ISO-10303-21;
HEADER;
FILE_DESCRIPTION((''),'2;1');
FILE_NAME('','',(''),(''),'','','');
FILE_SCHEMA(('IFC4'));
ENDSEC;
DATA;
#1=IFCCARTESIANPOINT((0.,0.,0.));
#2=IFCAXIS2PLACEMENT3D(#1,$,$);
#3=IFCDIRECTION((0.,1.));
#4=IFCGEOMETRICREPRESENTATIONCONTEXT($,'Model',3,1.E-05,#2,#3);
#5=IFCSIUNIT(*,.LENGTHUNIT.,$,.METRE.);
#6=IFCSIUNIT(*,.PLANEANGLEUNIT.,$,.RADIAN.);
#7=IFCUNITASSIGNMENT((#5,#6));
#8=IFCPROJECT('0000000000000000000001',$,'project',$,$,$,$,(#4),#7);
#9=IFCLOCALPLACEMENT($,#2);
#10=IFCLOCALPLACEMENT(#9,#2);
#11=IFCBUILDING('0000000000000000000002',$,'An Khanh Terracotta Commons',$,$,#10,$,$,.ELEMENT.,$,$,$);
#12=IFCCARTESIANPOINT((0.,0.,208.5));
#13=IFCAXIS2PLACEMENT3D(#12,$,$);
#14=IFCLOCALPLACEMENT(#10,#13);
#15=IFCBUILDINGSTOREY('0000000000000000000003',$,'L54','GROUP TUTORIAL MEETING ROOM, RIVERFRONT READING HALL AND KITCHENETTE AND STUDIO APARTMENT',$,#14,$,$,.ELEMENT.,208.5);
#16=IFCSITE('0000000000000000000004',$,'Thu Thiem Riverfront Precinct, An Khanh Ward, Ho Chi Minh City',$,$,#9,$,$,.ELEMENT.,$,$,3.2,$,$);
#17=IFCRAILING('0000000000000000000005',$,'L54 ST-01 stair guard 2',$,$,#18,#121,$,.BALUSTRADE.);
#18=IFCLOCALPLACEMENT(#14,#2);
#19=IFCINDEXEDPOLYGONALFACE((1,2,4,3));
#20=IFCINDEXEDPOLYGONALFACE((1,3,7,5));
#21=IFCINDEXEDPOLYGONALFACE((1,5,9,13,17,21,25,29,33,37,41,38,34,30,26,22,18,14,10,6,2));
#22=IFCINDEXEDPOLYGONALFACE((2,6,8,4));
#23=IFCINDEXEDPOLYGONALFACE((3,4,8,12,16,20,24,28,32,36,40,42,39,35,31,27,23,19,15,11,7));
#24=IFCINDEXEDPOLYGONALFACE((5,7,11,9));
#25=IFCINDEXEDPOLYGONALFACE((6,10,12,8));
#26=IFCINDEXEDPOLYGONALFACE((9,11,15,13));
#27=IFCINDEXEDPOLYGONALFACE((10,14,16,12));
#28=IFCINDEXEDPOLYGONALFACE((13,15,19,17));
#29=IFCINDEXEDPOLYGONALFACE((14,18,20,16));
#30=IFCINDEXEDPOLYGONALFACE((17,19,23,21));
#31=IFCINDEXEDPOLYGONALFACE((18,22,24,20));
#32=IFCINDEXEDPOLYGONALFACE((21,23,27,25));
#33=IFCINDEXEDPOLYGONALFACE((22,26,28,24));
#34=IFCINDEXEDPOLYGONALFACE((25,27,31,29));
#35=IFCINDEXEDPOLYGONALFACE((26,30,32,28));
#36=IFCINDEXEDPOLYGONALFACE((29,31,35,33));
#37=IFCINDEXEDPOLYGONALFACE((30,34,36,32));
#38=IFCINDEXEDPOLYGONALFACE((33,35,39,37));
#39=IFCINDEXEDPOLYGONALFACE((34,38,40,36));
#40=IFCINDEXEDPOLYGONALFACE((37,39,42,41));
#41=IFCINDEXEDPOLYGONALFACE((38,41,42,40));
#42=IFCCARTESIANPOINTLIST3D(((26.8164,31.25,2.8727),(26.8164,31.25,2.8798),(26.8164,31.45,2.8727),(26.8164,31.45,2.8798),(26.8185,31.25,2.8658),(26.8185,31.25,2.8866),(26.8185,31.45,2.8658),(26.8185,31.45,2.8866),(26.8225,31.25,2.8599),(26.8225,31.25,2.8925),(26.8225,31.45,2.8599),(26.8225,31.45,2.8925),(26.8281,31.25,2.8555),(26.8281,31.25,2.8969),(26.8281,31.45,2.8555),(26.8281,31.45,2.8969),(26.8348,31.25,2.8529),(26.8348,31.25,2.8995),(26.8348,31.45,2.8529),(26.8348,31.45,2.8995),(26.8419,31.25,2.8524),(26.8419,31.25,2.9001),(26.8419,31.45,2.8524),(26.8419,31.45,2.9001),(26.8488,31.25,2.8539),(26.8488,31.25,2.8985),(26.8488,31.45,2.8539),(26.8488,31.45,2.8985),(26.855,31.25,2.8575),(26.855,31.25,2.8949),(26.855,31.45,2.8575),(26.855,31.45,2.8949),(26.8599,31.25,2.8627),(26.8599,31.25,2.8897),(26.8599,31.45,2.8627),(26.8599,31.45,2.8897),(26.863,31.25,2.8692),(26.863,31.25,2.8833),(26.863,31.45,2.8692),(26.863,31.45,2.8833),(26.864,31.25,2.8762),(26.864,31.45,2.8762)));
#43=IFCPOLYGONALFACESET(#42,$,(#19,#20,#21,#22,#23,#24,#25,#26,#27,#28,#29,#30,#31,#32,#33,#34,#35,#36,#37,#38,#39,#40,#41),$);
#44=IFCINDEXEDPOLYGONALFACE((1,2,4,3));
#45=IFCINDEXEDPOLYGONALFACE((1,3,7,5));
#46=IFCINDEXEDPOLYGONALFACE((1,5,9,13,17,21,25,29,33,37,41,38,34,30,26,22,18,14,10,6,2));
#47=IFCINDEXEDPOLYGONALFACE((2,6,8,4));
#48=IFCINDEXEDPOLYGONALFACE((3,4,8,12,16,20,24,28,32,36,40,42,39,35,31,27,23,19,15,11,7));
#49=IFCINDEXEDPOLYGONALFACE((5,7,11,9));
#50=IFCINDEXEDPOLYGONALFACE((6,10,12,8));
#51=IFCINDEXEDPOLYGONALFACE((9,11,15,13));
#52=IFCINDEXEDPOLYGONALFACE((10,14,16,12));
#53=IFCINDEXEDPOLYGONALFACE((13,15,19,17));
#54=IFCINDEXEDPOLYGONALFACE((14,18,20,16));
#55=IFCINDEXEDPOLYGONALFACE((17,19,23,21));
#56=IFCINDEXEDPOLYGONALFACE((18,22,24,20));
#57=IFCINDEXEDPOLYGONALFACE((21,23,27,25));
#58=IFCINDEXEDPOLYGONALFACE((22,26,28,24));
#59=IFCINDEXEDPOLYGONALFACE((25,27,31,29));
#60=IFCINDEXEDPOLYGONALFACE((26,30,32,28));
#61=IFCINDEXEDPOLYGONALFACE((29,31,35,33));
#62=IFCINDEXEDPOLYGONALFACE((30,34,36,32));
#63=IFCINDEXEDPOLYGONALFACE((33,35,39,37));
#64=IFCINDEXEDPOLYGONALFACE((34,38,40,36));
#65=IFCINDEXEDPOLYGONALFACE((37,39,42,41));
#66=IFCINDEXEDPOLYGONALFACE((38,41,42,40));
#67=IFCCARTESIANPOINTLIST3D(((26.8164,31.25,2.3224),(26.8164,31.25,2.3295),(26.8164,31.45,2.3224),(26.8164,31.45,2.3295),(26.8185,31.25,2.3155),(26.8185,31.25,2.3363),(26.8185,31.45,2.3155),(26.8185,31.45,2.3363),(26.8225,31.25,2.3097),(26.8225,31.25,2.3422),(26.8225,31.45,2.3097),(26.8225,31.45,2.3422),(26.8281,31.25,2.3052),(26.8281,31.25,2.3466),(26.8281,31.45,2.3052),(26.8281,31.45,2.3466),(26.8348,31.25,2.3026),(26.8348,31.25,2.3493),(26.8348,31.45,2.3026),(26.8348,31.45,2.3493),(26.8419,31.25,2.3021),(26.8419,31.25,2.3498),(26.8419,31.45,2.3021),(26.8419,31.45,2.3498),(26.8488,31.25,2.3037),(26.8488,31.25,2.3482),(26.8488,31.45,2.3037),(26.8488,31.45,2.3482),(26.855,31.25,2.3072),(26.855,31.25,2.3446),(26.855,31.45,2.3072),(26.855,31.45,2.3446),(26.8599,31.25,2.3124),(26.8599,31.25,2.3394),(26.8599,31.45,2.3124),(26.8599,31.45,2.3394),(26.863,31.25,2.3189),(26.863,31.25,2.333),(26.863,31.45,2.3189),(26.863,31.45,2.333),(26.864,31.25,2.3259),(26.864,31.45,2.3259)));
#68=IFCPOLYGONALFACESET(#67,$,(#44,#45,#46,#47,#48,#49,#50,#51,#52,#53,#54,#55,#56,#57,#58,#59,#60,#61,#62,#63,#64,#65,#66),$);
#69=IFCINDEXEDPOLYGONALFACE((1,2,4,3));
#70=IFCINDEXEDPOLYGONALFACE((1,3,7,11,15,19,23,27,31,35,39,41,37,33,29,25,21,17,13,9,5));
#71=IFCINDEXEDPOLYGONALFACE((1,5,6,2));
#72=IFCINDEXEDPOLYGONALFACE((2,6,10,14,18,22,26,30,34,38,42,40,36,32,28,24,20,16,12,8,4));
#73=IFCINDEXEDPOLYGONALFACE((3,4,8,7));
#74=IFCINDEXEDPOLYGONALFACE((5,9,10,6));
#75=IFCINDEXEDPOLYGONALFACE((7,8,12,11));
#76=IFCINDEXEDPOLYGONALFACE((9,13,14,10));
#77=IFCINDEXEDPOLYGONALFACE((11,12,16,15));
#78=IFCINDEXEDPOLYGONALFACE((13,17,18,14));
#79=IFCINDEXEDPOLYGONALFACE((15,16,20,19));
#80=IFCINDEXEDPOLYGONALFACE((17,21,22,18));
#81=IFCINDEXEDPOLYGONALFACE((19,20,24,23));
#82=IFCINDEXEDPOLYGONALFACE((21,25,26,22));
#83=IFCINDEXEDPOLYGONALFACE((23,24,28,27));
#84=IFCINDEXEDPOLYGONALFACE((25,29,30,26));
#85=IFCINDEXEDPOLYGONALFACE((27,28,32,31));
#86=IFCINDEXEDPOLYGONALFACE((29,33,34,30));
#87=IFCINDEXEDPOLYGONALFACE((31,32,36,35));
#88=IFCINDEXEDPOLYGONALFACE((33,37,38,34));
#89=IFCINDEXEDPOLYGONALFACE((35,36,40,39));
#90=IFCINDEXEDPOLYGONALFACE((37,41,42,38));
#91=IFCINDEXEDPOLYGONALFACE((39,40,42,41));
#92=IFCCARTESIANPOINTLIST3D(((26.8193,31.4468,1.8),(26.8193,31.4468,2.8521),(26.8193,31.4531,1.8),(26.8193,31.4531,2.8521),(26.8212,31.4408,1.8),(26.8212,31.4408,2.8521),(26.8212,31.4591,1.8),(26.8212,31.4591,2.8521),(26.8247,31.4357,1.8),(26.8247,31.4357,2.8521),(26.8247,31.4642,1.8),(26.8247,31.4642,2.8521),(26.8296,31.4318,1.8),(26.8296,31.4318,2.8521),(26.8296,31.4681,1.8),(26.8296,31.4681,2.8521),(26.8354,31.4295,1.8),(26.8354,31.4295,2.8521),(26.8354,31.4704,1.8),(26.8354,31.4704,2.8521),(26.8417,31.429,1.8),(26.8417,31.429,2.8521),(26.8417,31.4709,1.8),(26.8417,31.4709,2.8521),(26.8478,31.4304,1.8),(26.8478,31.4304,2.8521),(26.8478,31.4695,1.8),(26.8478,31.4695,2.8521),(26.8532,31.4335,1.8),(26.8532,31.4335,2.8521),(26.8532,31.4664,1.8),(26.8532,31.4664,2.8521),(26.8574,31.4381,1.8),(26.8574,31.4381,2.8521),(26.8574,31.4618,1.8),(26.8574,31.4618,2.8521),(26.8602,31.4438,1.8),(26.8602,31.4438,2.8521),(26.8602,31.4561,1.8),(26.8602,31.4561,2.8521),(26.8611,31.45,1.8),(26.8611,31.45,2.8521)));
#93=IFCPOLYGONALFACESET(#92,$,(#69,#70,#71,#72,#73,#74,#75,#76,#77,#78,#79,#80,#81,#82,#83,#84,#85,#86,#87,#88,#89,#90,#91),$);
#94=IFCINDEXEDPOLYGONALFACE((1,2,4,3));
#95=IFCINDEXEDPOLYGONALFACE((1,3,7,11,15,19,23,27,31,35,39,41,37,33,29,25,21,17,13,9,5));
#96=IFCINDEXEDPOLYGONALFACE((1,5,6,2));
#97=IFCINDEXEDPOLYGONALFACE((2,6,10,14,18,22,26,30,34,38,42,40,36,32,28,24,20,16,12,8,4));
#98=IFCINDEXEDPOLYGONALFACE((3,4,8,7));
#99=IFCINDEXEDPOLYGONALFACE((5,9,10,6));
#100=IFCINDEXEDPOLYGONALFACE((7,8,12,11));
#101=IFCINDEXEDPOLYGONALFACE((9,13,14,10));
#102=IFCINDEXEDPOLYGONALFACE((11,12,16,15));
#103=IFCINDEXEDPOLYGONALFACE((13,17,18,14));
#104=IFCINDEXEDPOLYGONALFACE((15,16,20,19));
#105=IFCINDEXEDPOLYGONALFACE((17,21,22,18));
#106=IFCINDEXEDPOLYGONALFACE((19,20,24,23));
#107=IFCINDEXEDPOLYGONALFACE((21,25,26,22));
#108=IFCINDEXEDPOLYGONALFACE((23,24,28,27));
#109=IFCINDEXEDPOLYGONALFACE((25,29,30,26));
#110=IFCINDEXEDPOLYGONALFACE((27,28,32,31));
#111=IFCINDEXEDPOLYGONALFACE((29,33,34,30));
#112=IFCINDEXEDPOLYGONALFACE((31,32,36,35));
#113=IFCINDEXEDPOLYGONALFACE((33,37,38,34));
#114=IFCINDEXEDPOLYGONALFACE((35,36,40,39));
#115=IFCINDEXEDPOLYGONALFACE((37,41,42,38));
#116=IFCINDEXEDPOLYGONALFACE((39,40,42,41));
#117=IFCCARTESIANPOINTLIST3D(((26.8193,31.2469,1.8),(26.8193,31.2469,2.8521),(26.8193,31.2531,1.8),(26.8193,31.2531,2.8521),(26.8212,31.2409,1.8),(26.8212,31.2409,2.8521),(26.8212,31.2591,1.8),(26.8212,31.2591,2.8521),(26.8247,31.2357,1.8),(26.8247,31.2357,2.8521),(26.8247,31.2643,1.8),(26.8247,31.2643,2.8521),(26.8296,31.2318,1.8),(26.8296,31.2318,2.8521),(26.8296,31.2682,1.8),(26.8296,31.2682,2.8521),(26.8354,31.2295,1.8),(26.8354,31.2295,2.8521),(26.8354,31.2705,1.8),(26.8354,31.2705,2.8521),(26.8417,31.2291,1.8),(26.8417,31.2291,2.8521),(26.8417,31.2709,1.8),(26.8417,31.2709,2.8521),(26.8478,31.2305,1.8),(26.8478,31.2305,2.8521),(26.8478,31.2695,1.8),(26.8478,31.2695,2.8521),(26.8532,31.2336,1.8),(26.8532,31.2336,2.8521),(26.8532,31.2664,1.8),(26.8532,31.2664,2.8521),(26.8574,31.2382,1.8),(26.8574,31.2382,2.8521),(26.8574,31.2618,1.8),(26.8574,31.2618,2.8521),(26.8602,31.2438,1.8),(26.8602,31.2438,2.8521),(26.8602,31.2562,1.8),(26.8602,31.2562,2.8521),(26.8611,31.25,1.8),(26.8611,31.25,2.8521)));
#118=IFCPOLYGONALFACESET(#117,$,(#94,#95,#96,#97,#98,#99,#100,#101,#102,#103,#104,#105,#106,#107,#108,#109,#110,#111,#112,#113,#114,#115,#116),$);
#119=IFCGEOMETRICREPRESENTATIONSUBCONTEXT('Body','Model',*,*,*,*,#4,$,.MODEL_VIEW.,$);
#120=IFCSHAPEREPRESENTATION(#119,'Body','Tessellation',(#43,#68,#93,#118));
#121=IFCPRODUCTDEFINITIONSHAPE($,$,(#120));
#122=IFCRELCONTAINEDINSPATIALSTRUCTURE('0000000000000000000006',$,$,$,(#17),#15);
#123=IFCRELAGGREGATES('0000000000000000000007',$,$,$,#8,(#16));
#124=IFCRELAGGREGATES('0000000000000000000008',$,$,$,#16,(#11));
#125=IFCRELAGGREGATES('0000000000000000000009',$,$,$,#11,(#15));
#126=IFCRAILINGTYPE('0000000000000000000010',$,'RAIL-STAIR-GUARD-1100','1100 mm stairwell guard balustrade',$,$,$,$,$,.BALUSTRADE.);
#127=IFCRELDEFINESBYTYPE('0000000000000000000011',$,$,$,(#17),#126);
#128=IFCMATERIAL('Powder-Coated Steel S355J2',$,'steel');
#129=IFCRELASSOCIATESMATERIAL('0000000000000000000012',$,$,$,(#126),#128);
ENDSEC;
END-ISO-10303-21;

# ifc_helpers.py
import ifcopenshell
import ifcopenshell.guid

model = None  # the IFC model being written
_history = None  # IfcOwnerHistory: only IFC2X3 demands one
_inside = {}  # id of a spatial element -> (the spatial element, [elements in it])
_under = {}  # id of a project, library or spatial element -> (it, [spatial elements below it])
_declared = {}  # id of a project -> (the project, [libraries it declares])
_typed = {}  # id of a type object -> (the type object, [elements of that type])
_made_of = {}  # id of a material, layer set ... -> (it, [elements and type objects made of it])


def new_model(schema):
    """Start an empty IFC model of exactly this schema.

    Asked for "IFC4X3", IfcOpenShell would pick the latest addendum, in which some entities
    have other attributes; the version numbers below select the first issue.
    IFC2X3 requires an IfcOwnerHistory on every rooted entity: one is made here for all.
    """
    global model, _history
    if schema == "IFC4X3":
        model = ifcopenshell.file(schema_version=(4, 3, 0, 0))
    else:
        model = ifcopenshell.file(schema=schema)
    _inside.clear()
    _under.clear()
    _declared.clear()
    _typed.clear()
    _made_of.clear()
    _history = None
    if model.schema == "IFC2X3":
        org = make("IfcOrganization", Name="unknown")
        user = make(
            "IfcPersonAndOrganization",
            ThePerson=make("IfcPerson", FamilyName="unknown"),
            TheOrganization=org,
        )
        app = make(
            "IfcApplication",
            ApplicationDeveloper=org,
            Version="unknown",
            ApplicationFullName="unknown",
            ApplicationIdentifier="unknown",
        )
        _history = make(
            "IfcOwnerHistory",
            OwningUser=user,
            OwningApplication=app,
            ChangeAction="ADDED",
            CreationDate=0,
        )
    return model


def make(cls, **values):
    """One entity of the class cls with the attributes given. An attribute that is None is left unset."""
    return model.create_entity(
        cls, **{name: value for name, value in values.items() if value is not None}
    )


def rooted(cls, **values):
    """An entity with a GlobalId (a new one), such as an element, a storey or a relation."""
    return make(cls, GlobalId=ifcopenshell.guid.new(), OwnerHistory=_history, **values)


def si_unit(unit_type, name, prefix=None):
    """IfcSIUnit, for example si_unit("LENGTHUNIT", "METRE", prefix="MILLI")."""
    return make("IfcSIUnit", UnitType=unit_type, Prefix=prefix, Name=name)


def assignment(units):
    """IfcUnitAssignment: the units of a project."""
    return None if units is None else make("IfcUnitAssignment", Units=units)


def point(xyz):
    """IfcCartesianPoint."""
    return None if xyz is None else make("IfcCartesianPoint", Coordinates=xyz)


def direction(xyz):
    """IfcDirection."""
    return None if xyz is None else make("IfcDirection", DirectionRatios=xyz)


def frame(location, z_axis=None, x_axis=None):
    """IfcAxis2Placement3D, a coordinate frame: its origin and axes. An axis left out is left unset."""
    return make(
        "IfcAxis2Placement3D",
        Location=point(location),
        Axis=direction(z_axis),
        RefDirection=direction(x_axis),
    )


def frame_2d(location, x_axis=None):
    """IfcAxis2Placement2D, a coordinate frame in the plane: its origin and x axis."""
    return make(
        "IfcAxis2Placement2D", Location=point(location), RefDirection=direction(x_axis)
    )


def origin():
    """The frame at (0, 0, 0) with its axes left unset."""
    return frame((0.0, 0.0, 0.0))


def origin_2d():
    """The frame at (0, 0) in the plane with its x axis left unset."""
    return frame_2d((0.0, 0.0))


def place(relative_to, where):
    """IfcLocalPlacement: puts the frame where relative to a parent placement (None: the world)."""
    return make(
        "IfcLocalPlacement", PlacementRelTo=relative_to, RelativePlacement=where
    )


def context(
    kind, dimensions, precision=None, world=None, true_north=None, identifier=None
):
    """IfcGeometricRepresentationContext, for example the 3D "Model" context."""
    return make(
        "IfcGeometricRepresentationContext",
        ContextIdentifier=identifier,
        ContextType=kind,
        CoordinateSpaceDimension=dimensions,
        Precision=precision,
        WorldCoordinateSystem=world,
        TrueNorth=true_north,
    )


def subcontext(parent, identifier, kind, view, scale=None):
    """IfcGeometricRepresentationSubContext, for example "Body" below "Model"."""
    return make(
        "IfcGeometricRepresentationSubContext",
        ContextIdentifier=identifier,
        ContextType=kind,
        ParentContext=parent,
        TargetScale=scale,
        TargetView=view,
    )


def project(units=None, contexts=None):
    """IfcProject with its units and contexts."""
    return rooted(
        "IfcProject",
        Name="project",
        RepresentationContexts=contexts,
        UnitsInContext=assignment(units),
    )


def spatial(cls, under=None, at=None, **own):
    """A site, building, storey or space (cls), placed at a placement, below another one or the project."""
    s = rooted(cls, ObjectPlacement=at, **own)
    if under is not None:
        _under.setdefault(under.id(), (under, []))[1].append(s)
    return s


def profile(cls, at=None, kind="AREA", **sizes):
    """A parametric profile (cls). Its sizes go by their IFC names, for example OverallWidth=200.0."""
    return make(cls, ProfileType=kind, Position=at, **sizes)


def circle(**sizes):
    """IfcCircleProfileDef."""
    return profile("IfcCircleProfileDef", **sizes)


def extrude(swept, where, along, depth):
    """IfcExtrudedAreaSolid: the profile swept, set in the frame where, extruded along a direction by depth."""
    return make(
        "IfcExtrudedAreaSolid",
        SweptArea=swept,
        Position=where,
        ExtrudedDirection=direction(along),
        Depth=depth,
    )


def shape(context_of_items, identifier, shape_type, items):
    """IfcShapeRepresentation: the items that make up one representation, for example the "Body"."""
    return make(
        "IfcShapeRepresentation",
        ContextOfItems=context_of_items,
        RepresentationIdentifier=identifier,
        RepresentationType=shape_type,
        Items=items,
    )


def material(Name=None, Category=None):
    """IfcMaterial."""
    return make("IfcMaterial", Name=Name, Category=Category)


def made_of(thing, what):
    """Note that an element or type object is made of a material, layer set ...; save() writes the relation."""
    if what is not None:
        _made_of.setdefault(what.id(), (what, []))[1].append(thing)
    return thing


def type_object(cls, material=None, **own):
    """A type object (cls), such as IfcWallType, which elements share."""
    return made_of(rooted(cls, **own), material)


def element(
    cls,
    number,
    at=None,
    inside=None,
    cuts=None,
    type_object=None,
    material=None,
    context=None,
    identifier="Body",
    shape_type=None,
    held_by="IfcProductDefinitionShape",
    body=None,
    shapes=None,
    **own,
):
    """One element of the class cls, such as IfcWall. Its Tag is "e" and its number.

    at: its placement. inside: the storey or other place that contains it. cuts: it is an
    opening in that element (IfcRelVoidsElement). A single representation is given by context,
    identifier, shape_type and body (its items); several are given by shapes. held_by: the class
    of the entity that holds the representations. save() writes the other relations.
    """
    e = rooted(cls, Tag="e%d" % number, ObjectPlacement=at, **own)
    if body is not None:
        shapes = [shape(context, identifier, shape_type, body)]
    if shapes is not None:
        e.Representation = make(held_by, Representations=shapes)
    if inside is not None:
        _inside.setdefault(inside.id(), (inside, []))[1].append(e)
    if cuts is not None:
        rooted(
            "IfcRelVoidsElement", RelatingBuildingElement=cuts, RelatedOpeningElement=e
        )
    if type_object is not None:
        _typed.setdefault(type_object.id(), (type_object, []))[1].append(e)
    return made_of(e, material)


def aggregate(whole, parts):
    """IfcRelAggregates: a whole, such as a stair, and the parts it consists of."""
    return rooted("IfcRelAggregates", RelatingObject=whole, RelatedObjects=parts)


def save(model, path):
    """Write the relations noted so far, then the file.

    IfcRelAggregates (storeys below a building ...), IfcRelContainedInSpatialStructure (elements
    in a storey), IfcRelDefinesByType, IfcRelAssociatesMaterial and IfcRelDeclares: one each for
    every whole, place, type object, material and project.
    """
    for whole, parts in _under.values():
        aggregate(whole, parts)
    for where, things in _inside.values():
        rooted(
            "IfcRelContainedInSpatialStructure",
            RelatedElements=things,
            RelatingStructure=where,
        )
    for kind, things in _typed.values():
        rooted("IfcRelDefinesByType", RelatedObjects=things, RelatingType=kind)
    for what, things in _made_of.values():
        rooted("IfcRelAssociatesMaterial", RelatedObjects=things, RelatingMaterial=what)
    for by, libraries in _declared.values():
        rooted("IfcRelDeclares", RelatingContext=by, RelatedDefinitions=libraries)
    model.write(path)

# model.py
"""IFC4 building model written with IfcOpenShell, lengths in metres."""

from ifc_helpers import new_model, si_unit, direction, frame, origin, origin_2d, place, context, subcontext, project, spatial, circle, extrude, material, type_object, element, save


model = new_model("IFC4")

# Units and contexts
model_context = context("Model", 3, precision=1e-05, world=origin(), true_north=direction((0.0, 1.0)))
body_context = subcontext(model_context, "Body", "Model", "MODEL_VIEW")
ifc_project = project(units=[si_unit("LENGTHUNIT", "METRE"), si_unit("PLANEANGLEUNIT", "RADIAN")], contexts=[model_context])

# Site, building, storey
site_placement = place(None, origin())
site = spatial("IfcSite", under=ifc_project, at=site_placement, Name="Thu Thiem Riverfront Precinct, An Khanh Ward, Ho Chi Minh City", CompositionType="ELEMENT", RefElevation=3.2)
building_placement = place(site_placement, origin())
building = spatial("IfcBuilding", under=site, at=building_placement, Name="An Khanh Terracotta Commons", CompositionType="ELEMENT")
storey_placement = place(building_placement, frame((0.0, 0.0, 208.5)))
storey = spatial("IfcBuildingStorey", under=building, at=storey_placement, Name="L54", Description="GROUP TUTORIAL MEETING ROOM, RIVERFRONT READING HALL AND KITCHENETTE AND STUDIO APARTMENT", CompositionType="ELEMENT", Elevation=208.5)

# Railing
ifc_material_1 = material(Name="Powder-Coated Steel S355J2", Category="steel")
railing_type_1 = type_object("IfcRailingType", Name="RAIL-STAIR-GUARD-1100", Description="1100 mm stairwell guard balustrade", PredefinedType="BALUSTRADE", material=ifc_material_1)
railing_1_placement = place(storey_placement, frame((26.8401, 31.45, 1.8)))
element("IfcRailing", 1, at=railing_1_placement, inside=storey, type_object=railing_type_1, Name="L54 ST-01 stair guard 2", PredefinedType="BALUSTRADE", context=body_context, shape_type="SweptSolid", body=[
    extrude(circle(Radius=0.0239, at=origin_2d()), frame((0.0, 0.0, 1.0762), z_axis=(0.0, -1.0, 0.0), x_axis=(1.0, 0.0, 0.0)), (0.0, 0.0, 1.0), 0.2),
    extrude(circle(Radius=0.0239, at=origin_2d()), frame((0.0, 0.0, 0.5259), z_axis=(0.0, -1.0, 0.0), x_axis=(1.0, 0.0, 0.0)), (0.0, 0.0, 1.0), 0.2),
    extrude(circle(Radius=0.021, at=origin_2d()), origin(), (0.0, 0.0, 1.0), 1.052),
    extrude(circle(Radius=0.021, at=origin_2d()), frame((0.0, -0.2, 0.0)), (0.0, 0.0, 1.0), 1.052),
])

save(model, "model.ifc")
